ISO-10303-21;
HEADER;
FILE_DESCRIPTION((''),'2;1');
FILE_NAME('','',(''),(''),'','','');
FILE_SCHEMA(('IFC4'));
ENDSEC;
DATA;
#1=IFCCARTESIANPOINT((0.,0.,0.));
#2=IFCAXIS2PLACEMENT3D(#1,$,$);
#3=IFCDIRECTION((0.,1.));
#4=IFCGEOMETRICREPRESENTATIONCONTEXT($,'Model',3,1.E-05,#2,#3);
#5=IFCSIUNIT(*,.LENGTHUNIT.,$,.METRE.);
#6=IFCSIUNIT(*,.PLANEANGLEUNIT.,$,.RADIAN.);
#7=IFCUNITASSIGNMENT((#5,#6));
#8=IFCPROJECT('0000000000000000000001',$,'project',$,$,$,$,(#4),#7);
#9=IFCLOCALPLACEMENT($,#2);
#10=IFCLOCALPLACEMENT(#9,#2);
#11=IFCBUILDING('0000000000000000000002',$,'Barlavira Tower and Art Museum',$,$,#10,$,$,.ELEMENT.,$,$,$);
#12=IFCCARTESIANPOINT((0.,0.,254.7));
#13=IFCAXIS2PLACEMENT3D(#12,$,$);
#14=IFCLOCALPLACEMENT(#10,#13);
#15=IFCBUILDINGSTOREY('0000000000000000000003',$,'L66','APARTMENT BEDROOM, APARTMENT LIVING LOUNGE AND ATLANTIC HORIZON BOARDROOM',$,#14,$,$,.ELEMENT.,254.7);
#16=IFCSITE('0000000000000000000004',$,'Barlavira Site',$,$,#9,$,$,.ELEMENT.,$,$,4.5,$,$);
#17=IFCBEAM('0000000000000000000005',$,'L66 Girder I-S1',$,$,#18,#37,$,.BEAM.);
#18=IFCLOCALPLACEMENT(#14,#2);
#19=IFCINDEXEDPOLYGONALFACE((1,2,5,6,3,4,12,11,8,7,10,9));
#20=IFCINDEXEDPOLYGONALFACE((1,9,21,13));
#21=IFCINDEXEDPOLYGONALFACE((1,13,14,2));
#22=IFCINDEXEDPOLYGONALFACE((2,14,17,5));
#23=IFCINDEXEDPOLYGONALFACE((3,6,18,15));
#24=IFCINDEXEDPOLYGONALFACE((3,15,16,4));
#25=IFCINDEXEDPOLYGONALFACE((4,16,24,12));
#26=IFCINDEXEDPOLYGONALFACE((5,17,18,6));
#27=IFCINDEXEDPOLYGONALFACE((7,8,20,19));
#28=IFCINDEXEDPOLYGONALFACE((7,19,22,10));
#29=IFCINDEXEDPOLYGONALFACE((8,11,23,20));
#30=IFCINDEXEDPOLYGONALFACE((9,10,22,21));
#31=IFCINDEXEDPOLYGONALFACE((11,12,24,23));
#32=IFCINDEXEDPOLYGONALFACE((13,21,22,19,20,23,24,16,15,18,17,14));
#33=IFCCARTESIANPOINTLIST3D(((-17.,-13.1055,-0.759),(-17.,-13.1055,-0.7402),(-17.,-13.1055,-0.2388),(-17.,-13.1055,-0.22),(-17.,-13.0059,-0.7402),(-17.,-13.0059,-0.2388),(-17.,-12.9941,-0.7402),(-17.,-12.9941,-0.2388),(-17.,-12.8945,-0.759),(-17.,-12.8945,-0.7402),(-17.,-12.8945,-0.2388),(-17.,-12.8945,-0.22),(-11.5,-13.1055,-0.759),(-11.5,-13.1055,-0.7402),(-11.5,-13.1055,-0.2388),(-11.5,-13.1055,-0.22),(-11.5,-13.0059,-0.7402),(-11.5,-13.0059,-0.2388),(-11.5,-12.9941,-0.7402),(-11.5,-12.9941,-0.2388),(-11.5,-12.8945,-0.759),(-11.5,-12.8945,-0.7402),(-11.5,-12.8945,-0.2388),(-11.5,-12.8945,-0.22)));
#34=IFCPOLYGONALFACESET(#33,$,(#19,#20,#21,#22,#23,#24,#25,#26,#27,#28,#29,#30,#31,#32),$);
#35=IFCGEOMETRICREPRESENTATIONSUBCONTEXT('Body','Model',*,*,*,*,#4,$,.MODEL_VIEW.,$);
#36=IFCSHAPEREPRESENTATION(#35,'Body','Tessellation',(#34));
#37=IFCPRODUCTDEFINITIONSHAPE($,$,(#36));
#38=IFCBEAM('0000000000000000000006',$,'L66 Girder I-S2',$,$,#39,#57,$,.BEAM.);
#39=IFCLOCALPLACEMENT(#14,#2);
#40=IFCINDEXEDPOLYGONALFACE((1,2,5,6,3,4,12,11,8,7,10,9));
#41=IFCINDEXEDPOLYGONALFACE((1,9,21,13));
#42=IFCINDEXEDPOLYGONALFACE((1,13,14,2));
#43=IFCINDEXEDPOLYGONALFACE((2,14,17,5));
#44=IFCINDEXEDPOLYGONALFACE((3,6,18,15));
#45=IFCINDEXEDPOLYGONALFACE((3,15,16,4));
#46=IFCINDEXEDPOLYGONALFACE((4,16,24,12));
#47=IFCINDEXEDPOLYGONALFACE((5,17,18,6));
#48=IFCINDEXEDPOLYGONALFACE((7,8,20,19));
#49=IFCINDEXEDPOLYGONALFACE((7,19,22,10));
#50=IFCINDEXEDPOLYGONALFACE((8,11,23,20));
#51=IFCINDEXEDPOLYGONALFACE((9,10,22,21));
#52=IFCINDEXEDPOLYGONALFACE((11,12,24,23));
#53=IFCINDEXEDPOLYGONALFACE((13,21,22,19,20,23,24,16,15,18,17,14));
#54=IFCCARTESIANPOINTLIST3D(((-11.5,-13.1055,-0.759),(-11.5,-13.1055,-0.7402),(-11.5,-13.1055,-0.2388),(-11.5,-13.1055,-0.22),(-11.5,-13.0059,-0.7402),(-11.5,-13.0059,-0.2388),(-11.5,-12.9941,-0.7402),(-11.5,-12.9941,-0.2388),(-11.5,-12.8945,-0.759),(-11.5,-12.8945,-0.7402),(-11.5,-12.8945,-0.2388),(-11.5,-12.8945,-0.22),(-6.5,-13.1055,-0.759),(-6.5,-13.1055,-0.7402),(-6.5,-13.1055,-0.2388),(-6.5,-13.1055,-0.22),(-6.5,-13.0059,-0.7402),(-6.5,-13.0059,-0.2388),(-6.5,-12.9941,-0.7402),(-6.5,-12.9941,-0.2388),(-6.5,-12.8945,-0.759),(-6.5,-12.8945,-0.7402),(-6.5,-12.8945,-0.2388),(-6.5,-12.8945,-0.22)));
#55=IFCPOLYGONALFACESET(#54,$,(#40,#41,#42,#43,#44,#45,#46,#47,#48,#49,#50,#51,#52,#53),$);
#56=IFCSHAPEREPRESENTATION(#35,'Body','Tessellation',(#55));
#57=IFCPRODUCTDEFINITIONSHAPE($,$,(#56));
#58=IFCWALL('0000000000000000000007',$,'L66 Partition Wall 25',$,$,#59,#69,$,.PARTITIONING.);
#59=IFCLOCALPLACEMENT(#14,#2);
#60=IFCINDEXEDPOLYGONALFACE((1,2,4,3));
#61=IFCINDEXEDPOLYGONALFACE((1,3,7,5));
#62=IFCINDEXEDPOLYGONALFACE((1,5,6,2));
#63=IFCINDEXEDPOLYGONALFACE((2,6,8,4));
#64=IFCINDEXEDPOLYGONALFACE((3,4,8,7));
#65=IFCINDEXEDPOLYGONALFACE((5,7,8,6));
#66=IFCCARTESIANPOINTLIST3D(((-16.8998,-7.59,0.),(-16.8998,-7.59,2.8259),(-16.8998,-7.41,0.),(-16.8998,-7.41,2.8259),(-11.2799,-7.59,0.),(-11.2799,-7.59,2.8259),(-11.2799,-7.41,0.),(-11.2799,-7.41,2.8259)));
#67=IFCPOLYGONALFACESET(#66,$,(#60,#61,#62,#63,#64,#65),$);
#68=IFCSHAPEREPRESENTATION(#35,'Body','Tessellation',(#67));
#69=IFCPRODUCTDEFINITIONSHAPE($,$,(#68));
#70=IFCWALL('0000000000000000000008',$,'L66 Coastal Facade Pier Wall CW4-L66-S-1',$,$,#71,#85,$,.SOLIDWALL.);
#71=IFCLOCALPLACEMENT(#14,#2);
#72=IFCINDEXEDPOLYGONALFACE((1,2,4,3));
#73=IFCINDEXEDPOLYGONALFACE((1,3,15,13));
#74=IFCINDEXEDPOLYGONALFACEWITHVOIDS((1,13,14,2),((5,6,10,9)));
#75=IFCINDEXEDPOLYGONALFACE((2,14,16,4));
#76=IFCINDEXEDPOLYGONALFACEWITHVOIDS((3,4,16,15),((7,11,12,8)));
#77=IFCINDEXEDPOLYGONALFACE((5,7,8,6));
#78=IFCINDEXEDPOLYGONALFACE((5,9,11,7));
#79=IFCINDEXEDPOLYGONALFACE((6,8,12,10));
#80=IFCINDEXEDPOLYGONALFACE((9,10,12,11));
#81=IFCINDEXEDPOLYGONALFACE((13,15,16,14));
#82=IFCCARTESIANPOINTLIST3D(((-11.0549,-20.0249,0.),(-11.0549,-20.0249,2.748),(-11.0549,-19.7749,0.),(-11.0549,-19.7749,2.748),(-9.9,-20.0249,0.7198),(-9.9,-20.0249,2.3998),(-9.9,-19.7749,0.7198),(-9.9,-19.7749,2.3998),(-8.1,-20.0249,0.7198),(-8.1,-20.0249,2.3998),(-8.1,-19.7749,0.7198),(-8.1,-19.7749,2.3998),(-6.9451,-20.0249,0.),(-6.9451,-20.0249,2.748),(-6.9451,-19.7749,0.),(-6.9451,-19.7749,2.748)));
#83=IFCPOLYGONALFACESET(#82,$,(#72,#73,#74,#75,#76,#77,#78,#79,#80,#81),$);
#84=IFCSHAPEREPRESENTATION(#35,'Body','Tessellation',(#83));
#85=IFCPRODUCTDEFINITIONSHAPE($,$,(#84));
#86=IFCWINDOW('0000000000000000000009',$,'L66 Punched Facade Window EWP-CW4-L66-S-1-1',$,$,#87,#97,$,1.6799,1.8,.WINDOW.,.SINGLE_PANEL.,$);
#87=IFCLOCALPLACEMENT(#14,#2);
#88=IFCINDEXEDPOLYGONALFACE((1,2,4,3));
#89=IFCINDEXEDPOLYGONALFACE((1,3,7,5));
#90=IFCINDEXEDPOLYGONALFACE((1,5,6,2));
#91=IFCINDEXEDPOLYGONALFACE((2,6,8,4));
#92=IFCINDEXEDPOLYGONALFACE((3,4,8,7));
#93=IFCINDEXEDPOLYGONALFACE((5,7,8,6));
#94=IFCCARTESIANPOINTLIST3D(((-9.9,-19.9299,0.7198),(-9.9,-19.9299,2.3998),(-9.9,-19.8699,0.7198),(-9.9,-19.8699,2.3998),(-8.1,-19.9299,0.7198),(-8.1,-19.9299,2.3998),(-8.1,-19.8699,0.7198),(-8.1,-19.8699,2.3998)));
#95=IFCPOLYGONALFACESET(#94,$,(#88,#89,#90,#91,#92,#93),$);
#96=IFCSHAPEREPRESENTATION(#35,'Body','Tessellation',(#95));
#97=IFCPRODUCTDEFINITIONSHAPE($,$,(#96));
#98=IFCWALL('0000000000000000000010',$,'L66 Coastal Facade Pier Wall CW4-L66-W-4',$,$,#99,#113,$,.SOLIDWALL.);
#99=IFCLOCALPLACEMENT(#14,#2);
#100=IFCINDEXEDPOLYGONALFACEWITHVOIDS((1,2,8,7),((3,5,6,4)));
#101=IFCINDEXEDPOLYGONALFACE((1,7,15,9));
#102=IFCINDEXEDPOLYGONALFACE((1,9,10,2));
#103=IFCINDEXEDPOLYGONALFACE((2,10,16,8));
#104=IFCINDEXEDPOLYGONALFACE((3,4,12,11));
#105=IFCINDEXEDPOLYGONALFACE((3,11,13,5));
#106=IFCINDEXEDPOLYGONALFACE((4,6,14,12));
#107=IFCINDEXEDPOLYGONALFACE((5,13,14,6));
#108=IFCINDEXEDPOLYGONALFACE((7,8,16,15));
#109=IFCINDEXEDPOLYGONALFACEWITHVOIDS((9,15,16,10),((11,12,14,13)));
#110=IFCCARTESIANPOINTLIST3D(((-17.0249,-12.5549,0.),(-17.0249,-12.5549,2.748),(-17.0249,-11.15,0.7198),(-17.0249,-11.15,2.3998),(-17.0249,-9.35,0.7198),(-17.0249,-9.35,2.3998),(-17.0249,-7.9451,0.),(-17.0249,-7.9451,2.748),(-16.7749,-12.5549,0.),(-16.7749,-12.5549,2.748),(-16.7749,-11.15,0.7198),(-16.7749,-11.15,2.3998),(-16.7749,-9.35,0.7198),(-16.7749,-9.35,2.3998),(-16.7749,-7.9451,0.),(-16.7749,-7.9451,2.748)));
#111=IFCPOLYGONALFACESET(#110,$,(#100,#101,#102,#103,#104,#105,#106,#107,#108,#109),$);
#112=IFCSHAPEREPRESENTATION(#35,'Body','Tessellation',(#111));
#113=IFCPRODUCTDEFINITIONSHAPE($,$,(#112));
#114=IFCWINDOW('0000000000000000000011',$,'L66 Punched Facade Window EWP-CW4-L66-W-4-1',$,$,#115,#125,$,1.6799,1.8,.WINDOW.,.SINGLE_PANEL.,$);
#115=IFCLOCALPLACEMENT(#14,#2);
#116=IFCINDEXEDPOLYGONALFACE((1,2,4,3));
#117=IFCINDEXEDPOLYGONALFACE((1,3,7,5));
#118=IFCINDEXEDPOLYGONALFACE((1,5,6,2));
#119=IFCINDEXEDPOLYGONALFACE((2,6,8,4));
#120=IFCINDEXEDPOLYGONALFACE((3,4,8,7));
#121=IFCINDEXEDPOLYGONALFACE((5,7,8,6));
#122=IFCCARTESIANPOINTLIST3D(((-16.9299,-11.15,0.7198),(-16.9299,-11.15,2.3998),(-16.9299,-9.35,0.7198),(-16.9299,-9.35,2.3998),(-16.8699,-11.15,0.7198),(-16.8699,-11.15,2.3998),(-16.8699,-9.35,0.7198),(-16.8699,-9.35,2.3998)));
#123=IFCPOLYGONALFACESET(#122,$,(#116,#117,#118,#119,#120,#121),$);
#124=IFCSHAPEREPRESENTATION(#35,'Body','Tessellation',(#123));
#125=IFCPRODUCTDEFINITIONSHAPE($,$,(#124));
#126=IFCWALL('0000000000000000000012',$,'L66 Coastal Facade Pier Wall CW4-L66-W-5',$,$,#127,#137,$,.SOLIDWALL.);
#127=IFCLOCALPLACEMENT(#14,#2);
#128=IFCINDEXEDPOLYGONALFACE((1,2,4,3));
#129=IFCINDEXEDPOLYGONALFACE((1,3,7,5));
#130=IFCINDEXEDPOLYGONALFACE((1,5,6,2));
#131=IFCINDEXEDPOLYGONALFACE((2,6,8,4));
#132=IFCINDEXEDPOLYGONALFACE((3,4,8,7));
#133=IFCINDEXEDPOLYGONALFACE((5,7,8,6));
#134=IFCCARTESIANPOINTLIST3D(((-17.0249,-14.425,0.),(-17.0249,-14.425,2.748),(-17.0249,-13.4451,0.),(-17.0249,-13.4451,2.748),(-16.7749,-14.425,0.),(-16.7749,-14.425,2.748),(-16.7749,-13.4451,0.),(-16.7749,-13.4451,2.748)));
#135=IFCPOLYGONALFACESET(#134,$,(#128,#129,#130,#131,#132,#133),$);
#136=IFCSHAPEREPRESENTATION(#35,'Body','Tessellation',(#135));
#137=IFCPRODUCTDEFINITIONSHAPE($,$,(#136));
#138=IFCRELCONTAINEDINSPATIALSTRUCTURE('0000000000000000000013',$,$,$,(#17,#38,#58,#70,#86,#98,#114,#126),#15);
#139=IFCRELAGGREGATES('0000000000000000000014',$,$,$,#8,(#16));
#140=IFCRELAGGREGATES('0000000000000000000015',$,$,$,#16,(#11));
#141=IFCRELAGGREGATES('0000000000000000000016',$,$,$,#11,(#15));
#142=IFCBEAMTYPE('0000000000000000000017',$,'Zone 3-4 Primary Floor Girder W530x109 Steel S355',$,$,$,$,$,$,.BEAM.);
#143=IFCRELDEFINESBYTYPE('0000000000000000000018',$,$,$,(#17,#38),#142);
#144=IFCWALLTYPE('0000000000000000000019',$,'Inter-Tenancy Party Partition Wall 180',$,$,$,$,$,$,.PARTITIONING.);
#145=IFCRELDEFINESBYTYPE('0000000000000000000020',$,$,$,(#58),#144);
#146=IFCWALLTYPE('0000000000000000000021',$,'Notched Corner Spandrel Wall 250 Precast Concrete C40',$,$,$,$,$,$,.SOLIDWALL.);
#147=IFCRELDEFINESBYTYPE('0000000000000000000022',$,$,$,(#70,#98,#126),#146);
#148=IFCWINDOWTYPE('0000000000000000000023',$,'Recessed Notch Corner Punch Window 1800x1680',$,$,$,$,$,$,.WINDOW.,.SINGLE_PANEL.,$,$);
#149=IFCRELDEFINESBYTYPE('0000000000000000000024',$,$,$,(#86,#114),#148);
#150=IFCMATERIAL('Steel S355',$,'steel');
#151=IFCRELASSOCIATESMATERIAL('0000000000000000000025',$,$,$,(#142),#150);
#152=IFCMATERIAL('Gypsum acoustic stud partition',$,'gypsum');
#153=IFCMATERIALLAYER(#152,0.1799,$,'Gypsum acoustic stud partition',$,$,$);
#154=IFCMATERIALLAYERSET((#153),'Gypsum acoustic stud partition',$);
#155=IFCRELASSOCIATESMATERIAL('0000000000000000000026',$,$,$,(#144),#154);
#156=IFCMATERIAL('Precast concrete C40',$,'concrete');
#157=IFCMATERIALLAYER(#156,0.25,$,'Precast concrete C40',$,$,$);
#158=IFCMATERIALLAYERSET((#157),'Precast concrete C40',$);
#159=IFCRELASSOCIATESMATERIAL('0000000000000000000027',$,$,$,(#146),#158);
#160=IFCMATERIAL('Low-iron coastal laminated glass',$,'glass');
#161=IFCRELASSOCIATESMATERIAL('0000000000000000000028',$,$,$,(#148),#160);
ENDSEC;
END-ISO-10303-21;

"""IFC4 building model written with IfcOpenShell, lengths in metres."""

from ifc_helpers import new_model, si_unit, direction, frame, frame_2d, origin, origin_2d, place, context, subcontext, project, spatial, rectangle, i_section, extrude, material, layer, layer_set, material_profile, profile_set, type_object, element, fill, save


model = new_model("IFC4")

# Units and contexts
model_context = context("Model", 3, precision=1e-05, world=origin(), true_north=direction((0.0, 1.0)))
body_context = subcontext(model_context, "Body", "Model", "MODEL_VIEW")
ifc_project = project(units=[si_unit("LENGTHUNIT", "METRE"), si_unit("PLANEANGLEUNIT", "RADIAN")], contexts=[model_context])

# Site, building, storey
site_placement = place(None, origin())
site = spatial("IfcSite", under=ifc_project, at=site_placement, Name="Barlavira Site", CompositionType="ELEMENT", RefElevation=4.5)
building_placement = place(site_placement, origin())
building = spatial("IfcBuilding", under=site, at=building_placement, Name="Barlavira Tower and Art Museum", CompositionType="ELEMENT")
storey_placement = place(building_placement, frame((0.0, 0.0, 254.7)))
storey = spatial("IfcBuildingStorey", under=building, at=storey_placement, Name="L66", Description="APARTMENT BEDROOM, APARTMENT LIVING LOUNGE AND ATLANTIC HORIZON BOARDROOM", CompositionType="ELEMENT", Elevation=254.7)

# Beams
ifc_material_1 = material(Name="Steel S355", Category="steel")
ifc_material_profile_1 = material_profile(ifc_material_1, i_section(OverallWidth=0.2109, OverallDepth=0.5391, WebThickness=0.0117, FlangeThickness=0.0188, at=origin_2d()), Name="W530x109.0")
ifc_profile_set_1 = profile_set([ifc_material_profile_1], Name="Steel S355")
beam_type_1 = type_object("IfcBeamType", Name="Zone 3-4 Primary Floor Girder W530x109 Steel S355", PredefinedType="BEAM", material=ifc_profile_set_1)
beam_1_placement = place(storey_placement, frame((-17.0, -13.0, -0.4895), z_axis=(1.0, 0.0, 0.0), x_axis=(0.0, 1.0, 0.0)))
element("IfcBeam", 1, at=beam_1_placement, inside=storey, type_object=beam_type_1, Name="L66 Girder I-S1", PredefinedType="BEAM", context=body_context, shape_type="SweptSolid", body=[
    extrude(i_section(OverallWidth=0.2109, OverallDepth=0.5391, WebThickness=0.0117, FlangeThickness=0.0188, at=origin_2d()), origin(), (0.0, 0.0, 1.0), 5.5),
])
beam_2_placement = place(storey_placement, frame((-11.5, -13.0, -0.4895), z_axis=(1.0, 0.0, 0.0), x_axis=(0.0, 1.0, 0.0)))
element("IfcBeam", 2, at=beam_2_placement, inside=storey, type_object=beam_type_1, Name="L66 Girder I-S2", PredefinedType="BEAM", context=body_context, shape_type="SweptSolid", body=[
    extrude(i_section(OverallWidth=0.2109, OverallDepth=0.5391, WebThickness=0.0117, FlangeThickness=0.0188, at=origin_2d()), origin(), (0.0, 0.0, 1.0), 5.0),
])

# Wall
ifc_material_2 = material(Name="Gypsum acoustic stud partition", Category="gypsum")
ifc_layer_1 = layer(ifc_material_2, 0.1799, Name="Gypsum acoustic stud partition")
ifc_layer_set_1 = layer_set([ifc_layer_1], Name="Gypsum acoustic stud partition")
wall_type_1 = type_object("IfcWallType", Name="Inter-Tenancy Party Partition Wall 180", PredefinedType="PARTITIONING", material=ifc_layer_set_1)
wall_1_placement = place(storey_placement, frame((-16.8999, -7.5, 0.0), z_axis=(0.0, 0.0, 1.0), x_axis=(1.0, 0.0, 0.0)))
element("IfcWall", 3, at=wall_1_placement, inside=storey, type_object=wall_type_1, Name="L66 Partition Wall 25", PredefinedType="PARTITIONING", context=body_context, shape_type="SweptSolid", body=[
    extrude(rectangle(XDim=5.6199, YDim=0.1799, at=frame_2d((2.8101, 0.0))), origin(), (0.0, 0.0, 1.0), 2.8259),
])

# Walls, openings, windows
ifc_material_3 = material(Name="Precast concrete C40", Category="concrete")
ifc_layer_2 = layer(ifc_material_3, 0.25, Name="Precast concrete C40")
ifc_layer_set_2 = layer_set([ifc_layer_2], Name="Precast concrete C40")
wall_type_2 = type_object("IfcWallType", Name="Notched Corner Spandrel Wall 250 Precast Concrete C40", PredefinedType="SOLIDWALL", material=ifc_layer_set_2)
wall_2_placement = place(storey_placement, frame((-11.0549, -19.8999, 0.0), z_axis=(0.0, 0.0, 1.0), x_axis=(1.0, 0.0, 0.0)))
wall_2 = element("IfcWall", 4, at=wall_2_placement, inside=storey, type_object=wall_type_2, Name="L66 Coastal Facade Pier Wall CW4-L66-S-1", PredefinedType="SOLIDWALL", context=body_context, shape_type="SweptSolid", body=[
    extrude(rectangle(XDim=4.1099, YDim=0.25, at=frame_2d((2.0549, 0.0))), origin(), (0.0, 0.0, 1.0), 2.748),
])
opening_1_placement = place(wall_2_placement, frame((1.155, 0.0, 0.72)))
opening_1 = element("IfcOpeningElement", 5, at=opening_1_placement, cuts=wall_2, PredefinedType="OPENING", context=body_context, shape_type="SweptSolid", body=[
    extrude(rectangle(XDim=1.8, YDim=1.6799, at=frame_2d((0.8999, 0.8398))), frame((0.0, 0.135, 0.0), z_axis=(0.0, -1.0, 0.0), x_axis=(1.0, 0.0, 0.0)), (0.0, 0.0, 1.0), 0.27),
])
ifc_material_4 = material(Name="Low-iron coastal laminated glass", Category="glass")
window_type = type_object("IfcWindowType", Name="Recessed Notch Corner Punch Window 1800x1680", PartitioningType="SINGLE_PANEL", PredefinedType="WINDOW", material=ifc_material_4)
window_1_placement = place(opening_1_placement, origin())
window_1 = element("IfcWindow", 6, at=window_1_placement, inside=storey, type_object=window_type, Name="L66 Punched Facade Window EWP-CW4-L66-S-1-1", OverallHeight=1.6799, OverallWidth=1.8, PartitioningType="SINGLE_PANEL", PredefinedType="WINDOW", context=body_context, shape_type="SweptSolid", body=[
    extrude(rectangle(XDim=1.8, YDim=1.6799, at=frame_2d((0.8999, 0.8398))), frame((0.0, 0.03, 0.0), z_axis=(0.0, -1.0, 0.0), x_axis=(1.0, 0.0, 0.0)), (0.0, 0.0, 1.0), 0.0601),
])
fill(opening_1, window_1)
wall_3_placement = place(storey_placement, frame((-16.8999, -7.9451, 0.0), z_axis=(0.0, 0.0, 1.0), x_axis=(0.0, -1.0, 0.0)))
wall_3 = element("IfcWall", 7, at=wall_3_placement, inside=storey, type_object=wall_type_2, Name="L66 Coastal Facade Pier Wall CW4-L66-W-4", PredefinedType="SOLIDWALL", context=body_context, shape_type="SweptSolid", body=[
    extrude(rectangle(XDim=4.6099, YDim=0.25, at=frame_2d((2.3049, 0.0))), origin(), (0.0, 0.0, 1.0), 2.748),
])
opening_2_placement = place(wall_3_placement, frame((1.405, 0.0, 0.72)))
opening_2 = element("IfcOpeningElement", 8, at=opening_2_placement, cuts=wall_3, PredefinedType="OPENING", context=body_context, shape_type="SweptSolid", body=[
    extrude(rectangle(XDim=1.8, YDim=1.6799, at=frame_2d((0.8999, 0.8398))), frame((0.0, 0.135, 0.0), z_axis=(0.0, -1.0, 0.0), x_axis=(1.0, 0.0, 0.0)), (0.0, 0.0, 1.0), 0.27),
])
window_2_placement = place(opening_2_placement, origin())
window_2 = element("IfcWindow", 9, at=window_2_placement, inside=storey, type_object=window_type, Name="L66 Punched Facade Window EWP-CW4-L66-W-4-1", OverallHeight=1.6799, OverallWidth=1.8, PartitioningType="SINGLE_PANEL", PredefinedType="WINDOW", context=body_context, shape_type="SweptSolid", body=[
    extrude(rectangle(XDim=1.8, YDim=1.6799, at=frame_2d((0.8999, 0.8398))), frame((0.0, 0.03, 0.0), z_axis=(0.0, -1.0, 0.0), x_axis=(1.0, 0.0, 0.0)), (0.0, 0.0, 1.0), 0.0601),
])
fill(opening_2, window_2)

# Wall
wall_4_placement = place(storey_placement, frame((-16.8999, -13.4451, 0.0), z_axis=(0.0, 0.0, 1.0), x_axis=(0.0, -1.0, 0.0)))
element("IfcWall", 10, at=wall_4_placement, inside=storey, type_object=wall_type_2, Name="L66 Coastal Facade Pier Wall CW4-L66-W-5", PredefinedType="SOLIDWALL", context=body_context, shape_type="SweptSolid", body=[
    extrude(rectangle(XDim=0.98, YDim=0.25, at=frame_2d((0.49, 0.0))), origin(), (0.0, 0.0, 1.0), 2.748),
])

save(model, "model.ifc")
